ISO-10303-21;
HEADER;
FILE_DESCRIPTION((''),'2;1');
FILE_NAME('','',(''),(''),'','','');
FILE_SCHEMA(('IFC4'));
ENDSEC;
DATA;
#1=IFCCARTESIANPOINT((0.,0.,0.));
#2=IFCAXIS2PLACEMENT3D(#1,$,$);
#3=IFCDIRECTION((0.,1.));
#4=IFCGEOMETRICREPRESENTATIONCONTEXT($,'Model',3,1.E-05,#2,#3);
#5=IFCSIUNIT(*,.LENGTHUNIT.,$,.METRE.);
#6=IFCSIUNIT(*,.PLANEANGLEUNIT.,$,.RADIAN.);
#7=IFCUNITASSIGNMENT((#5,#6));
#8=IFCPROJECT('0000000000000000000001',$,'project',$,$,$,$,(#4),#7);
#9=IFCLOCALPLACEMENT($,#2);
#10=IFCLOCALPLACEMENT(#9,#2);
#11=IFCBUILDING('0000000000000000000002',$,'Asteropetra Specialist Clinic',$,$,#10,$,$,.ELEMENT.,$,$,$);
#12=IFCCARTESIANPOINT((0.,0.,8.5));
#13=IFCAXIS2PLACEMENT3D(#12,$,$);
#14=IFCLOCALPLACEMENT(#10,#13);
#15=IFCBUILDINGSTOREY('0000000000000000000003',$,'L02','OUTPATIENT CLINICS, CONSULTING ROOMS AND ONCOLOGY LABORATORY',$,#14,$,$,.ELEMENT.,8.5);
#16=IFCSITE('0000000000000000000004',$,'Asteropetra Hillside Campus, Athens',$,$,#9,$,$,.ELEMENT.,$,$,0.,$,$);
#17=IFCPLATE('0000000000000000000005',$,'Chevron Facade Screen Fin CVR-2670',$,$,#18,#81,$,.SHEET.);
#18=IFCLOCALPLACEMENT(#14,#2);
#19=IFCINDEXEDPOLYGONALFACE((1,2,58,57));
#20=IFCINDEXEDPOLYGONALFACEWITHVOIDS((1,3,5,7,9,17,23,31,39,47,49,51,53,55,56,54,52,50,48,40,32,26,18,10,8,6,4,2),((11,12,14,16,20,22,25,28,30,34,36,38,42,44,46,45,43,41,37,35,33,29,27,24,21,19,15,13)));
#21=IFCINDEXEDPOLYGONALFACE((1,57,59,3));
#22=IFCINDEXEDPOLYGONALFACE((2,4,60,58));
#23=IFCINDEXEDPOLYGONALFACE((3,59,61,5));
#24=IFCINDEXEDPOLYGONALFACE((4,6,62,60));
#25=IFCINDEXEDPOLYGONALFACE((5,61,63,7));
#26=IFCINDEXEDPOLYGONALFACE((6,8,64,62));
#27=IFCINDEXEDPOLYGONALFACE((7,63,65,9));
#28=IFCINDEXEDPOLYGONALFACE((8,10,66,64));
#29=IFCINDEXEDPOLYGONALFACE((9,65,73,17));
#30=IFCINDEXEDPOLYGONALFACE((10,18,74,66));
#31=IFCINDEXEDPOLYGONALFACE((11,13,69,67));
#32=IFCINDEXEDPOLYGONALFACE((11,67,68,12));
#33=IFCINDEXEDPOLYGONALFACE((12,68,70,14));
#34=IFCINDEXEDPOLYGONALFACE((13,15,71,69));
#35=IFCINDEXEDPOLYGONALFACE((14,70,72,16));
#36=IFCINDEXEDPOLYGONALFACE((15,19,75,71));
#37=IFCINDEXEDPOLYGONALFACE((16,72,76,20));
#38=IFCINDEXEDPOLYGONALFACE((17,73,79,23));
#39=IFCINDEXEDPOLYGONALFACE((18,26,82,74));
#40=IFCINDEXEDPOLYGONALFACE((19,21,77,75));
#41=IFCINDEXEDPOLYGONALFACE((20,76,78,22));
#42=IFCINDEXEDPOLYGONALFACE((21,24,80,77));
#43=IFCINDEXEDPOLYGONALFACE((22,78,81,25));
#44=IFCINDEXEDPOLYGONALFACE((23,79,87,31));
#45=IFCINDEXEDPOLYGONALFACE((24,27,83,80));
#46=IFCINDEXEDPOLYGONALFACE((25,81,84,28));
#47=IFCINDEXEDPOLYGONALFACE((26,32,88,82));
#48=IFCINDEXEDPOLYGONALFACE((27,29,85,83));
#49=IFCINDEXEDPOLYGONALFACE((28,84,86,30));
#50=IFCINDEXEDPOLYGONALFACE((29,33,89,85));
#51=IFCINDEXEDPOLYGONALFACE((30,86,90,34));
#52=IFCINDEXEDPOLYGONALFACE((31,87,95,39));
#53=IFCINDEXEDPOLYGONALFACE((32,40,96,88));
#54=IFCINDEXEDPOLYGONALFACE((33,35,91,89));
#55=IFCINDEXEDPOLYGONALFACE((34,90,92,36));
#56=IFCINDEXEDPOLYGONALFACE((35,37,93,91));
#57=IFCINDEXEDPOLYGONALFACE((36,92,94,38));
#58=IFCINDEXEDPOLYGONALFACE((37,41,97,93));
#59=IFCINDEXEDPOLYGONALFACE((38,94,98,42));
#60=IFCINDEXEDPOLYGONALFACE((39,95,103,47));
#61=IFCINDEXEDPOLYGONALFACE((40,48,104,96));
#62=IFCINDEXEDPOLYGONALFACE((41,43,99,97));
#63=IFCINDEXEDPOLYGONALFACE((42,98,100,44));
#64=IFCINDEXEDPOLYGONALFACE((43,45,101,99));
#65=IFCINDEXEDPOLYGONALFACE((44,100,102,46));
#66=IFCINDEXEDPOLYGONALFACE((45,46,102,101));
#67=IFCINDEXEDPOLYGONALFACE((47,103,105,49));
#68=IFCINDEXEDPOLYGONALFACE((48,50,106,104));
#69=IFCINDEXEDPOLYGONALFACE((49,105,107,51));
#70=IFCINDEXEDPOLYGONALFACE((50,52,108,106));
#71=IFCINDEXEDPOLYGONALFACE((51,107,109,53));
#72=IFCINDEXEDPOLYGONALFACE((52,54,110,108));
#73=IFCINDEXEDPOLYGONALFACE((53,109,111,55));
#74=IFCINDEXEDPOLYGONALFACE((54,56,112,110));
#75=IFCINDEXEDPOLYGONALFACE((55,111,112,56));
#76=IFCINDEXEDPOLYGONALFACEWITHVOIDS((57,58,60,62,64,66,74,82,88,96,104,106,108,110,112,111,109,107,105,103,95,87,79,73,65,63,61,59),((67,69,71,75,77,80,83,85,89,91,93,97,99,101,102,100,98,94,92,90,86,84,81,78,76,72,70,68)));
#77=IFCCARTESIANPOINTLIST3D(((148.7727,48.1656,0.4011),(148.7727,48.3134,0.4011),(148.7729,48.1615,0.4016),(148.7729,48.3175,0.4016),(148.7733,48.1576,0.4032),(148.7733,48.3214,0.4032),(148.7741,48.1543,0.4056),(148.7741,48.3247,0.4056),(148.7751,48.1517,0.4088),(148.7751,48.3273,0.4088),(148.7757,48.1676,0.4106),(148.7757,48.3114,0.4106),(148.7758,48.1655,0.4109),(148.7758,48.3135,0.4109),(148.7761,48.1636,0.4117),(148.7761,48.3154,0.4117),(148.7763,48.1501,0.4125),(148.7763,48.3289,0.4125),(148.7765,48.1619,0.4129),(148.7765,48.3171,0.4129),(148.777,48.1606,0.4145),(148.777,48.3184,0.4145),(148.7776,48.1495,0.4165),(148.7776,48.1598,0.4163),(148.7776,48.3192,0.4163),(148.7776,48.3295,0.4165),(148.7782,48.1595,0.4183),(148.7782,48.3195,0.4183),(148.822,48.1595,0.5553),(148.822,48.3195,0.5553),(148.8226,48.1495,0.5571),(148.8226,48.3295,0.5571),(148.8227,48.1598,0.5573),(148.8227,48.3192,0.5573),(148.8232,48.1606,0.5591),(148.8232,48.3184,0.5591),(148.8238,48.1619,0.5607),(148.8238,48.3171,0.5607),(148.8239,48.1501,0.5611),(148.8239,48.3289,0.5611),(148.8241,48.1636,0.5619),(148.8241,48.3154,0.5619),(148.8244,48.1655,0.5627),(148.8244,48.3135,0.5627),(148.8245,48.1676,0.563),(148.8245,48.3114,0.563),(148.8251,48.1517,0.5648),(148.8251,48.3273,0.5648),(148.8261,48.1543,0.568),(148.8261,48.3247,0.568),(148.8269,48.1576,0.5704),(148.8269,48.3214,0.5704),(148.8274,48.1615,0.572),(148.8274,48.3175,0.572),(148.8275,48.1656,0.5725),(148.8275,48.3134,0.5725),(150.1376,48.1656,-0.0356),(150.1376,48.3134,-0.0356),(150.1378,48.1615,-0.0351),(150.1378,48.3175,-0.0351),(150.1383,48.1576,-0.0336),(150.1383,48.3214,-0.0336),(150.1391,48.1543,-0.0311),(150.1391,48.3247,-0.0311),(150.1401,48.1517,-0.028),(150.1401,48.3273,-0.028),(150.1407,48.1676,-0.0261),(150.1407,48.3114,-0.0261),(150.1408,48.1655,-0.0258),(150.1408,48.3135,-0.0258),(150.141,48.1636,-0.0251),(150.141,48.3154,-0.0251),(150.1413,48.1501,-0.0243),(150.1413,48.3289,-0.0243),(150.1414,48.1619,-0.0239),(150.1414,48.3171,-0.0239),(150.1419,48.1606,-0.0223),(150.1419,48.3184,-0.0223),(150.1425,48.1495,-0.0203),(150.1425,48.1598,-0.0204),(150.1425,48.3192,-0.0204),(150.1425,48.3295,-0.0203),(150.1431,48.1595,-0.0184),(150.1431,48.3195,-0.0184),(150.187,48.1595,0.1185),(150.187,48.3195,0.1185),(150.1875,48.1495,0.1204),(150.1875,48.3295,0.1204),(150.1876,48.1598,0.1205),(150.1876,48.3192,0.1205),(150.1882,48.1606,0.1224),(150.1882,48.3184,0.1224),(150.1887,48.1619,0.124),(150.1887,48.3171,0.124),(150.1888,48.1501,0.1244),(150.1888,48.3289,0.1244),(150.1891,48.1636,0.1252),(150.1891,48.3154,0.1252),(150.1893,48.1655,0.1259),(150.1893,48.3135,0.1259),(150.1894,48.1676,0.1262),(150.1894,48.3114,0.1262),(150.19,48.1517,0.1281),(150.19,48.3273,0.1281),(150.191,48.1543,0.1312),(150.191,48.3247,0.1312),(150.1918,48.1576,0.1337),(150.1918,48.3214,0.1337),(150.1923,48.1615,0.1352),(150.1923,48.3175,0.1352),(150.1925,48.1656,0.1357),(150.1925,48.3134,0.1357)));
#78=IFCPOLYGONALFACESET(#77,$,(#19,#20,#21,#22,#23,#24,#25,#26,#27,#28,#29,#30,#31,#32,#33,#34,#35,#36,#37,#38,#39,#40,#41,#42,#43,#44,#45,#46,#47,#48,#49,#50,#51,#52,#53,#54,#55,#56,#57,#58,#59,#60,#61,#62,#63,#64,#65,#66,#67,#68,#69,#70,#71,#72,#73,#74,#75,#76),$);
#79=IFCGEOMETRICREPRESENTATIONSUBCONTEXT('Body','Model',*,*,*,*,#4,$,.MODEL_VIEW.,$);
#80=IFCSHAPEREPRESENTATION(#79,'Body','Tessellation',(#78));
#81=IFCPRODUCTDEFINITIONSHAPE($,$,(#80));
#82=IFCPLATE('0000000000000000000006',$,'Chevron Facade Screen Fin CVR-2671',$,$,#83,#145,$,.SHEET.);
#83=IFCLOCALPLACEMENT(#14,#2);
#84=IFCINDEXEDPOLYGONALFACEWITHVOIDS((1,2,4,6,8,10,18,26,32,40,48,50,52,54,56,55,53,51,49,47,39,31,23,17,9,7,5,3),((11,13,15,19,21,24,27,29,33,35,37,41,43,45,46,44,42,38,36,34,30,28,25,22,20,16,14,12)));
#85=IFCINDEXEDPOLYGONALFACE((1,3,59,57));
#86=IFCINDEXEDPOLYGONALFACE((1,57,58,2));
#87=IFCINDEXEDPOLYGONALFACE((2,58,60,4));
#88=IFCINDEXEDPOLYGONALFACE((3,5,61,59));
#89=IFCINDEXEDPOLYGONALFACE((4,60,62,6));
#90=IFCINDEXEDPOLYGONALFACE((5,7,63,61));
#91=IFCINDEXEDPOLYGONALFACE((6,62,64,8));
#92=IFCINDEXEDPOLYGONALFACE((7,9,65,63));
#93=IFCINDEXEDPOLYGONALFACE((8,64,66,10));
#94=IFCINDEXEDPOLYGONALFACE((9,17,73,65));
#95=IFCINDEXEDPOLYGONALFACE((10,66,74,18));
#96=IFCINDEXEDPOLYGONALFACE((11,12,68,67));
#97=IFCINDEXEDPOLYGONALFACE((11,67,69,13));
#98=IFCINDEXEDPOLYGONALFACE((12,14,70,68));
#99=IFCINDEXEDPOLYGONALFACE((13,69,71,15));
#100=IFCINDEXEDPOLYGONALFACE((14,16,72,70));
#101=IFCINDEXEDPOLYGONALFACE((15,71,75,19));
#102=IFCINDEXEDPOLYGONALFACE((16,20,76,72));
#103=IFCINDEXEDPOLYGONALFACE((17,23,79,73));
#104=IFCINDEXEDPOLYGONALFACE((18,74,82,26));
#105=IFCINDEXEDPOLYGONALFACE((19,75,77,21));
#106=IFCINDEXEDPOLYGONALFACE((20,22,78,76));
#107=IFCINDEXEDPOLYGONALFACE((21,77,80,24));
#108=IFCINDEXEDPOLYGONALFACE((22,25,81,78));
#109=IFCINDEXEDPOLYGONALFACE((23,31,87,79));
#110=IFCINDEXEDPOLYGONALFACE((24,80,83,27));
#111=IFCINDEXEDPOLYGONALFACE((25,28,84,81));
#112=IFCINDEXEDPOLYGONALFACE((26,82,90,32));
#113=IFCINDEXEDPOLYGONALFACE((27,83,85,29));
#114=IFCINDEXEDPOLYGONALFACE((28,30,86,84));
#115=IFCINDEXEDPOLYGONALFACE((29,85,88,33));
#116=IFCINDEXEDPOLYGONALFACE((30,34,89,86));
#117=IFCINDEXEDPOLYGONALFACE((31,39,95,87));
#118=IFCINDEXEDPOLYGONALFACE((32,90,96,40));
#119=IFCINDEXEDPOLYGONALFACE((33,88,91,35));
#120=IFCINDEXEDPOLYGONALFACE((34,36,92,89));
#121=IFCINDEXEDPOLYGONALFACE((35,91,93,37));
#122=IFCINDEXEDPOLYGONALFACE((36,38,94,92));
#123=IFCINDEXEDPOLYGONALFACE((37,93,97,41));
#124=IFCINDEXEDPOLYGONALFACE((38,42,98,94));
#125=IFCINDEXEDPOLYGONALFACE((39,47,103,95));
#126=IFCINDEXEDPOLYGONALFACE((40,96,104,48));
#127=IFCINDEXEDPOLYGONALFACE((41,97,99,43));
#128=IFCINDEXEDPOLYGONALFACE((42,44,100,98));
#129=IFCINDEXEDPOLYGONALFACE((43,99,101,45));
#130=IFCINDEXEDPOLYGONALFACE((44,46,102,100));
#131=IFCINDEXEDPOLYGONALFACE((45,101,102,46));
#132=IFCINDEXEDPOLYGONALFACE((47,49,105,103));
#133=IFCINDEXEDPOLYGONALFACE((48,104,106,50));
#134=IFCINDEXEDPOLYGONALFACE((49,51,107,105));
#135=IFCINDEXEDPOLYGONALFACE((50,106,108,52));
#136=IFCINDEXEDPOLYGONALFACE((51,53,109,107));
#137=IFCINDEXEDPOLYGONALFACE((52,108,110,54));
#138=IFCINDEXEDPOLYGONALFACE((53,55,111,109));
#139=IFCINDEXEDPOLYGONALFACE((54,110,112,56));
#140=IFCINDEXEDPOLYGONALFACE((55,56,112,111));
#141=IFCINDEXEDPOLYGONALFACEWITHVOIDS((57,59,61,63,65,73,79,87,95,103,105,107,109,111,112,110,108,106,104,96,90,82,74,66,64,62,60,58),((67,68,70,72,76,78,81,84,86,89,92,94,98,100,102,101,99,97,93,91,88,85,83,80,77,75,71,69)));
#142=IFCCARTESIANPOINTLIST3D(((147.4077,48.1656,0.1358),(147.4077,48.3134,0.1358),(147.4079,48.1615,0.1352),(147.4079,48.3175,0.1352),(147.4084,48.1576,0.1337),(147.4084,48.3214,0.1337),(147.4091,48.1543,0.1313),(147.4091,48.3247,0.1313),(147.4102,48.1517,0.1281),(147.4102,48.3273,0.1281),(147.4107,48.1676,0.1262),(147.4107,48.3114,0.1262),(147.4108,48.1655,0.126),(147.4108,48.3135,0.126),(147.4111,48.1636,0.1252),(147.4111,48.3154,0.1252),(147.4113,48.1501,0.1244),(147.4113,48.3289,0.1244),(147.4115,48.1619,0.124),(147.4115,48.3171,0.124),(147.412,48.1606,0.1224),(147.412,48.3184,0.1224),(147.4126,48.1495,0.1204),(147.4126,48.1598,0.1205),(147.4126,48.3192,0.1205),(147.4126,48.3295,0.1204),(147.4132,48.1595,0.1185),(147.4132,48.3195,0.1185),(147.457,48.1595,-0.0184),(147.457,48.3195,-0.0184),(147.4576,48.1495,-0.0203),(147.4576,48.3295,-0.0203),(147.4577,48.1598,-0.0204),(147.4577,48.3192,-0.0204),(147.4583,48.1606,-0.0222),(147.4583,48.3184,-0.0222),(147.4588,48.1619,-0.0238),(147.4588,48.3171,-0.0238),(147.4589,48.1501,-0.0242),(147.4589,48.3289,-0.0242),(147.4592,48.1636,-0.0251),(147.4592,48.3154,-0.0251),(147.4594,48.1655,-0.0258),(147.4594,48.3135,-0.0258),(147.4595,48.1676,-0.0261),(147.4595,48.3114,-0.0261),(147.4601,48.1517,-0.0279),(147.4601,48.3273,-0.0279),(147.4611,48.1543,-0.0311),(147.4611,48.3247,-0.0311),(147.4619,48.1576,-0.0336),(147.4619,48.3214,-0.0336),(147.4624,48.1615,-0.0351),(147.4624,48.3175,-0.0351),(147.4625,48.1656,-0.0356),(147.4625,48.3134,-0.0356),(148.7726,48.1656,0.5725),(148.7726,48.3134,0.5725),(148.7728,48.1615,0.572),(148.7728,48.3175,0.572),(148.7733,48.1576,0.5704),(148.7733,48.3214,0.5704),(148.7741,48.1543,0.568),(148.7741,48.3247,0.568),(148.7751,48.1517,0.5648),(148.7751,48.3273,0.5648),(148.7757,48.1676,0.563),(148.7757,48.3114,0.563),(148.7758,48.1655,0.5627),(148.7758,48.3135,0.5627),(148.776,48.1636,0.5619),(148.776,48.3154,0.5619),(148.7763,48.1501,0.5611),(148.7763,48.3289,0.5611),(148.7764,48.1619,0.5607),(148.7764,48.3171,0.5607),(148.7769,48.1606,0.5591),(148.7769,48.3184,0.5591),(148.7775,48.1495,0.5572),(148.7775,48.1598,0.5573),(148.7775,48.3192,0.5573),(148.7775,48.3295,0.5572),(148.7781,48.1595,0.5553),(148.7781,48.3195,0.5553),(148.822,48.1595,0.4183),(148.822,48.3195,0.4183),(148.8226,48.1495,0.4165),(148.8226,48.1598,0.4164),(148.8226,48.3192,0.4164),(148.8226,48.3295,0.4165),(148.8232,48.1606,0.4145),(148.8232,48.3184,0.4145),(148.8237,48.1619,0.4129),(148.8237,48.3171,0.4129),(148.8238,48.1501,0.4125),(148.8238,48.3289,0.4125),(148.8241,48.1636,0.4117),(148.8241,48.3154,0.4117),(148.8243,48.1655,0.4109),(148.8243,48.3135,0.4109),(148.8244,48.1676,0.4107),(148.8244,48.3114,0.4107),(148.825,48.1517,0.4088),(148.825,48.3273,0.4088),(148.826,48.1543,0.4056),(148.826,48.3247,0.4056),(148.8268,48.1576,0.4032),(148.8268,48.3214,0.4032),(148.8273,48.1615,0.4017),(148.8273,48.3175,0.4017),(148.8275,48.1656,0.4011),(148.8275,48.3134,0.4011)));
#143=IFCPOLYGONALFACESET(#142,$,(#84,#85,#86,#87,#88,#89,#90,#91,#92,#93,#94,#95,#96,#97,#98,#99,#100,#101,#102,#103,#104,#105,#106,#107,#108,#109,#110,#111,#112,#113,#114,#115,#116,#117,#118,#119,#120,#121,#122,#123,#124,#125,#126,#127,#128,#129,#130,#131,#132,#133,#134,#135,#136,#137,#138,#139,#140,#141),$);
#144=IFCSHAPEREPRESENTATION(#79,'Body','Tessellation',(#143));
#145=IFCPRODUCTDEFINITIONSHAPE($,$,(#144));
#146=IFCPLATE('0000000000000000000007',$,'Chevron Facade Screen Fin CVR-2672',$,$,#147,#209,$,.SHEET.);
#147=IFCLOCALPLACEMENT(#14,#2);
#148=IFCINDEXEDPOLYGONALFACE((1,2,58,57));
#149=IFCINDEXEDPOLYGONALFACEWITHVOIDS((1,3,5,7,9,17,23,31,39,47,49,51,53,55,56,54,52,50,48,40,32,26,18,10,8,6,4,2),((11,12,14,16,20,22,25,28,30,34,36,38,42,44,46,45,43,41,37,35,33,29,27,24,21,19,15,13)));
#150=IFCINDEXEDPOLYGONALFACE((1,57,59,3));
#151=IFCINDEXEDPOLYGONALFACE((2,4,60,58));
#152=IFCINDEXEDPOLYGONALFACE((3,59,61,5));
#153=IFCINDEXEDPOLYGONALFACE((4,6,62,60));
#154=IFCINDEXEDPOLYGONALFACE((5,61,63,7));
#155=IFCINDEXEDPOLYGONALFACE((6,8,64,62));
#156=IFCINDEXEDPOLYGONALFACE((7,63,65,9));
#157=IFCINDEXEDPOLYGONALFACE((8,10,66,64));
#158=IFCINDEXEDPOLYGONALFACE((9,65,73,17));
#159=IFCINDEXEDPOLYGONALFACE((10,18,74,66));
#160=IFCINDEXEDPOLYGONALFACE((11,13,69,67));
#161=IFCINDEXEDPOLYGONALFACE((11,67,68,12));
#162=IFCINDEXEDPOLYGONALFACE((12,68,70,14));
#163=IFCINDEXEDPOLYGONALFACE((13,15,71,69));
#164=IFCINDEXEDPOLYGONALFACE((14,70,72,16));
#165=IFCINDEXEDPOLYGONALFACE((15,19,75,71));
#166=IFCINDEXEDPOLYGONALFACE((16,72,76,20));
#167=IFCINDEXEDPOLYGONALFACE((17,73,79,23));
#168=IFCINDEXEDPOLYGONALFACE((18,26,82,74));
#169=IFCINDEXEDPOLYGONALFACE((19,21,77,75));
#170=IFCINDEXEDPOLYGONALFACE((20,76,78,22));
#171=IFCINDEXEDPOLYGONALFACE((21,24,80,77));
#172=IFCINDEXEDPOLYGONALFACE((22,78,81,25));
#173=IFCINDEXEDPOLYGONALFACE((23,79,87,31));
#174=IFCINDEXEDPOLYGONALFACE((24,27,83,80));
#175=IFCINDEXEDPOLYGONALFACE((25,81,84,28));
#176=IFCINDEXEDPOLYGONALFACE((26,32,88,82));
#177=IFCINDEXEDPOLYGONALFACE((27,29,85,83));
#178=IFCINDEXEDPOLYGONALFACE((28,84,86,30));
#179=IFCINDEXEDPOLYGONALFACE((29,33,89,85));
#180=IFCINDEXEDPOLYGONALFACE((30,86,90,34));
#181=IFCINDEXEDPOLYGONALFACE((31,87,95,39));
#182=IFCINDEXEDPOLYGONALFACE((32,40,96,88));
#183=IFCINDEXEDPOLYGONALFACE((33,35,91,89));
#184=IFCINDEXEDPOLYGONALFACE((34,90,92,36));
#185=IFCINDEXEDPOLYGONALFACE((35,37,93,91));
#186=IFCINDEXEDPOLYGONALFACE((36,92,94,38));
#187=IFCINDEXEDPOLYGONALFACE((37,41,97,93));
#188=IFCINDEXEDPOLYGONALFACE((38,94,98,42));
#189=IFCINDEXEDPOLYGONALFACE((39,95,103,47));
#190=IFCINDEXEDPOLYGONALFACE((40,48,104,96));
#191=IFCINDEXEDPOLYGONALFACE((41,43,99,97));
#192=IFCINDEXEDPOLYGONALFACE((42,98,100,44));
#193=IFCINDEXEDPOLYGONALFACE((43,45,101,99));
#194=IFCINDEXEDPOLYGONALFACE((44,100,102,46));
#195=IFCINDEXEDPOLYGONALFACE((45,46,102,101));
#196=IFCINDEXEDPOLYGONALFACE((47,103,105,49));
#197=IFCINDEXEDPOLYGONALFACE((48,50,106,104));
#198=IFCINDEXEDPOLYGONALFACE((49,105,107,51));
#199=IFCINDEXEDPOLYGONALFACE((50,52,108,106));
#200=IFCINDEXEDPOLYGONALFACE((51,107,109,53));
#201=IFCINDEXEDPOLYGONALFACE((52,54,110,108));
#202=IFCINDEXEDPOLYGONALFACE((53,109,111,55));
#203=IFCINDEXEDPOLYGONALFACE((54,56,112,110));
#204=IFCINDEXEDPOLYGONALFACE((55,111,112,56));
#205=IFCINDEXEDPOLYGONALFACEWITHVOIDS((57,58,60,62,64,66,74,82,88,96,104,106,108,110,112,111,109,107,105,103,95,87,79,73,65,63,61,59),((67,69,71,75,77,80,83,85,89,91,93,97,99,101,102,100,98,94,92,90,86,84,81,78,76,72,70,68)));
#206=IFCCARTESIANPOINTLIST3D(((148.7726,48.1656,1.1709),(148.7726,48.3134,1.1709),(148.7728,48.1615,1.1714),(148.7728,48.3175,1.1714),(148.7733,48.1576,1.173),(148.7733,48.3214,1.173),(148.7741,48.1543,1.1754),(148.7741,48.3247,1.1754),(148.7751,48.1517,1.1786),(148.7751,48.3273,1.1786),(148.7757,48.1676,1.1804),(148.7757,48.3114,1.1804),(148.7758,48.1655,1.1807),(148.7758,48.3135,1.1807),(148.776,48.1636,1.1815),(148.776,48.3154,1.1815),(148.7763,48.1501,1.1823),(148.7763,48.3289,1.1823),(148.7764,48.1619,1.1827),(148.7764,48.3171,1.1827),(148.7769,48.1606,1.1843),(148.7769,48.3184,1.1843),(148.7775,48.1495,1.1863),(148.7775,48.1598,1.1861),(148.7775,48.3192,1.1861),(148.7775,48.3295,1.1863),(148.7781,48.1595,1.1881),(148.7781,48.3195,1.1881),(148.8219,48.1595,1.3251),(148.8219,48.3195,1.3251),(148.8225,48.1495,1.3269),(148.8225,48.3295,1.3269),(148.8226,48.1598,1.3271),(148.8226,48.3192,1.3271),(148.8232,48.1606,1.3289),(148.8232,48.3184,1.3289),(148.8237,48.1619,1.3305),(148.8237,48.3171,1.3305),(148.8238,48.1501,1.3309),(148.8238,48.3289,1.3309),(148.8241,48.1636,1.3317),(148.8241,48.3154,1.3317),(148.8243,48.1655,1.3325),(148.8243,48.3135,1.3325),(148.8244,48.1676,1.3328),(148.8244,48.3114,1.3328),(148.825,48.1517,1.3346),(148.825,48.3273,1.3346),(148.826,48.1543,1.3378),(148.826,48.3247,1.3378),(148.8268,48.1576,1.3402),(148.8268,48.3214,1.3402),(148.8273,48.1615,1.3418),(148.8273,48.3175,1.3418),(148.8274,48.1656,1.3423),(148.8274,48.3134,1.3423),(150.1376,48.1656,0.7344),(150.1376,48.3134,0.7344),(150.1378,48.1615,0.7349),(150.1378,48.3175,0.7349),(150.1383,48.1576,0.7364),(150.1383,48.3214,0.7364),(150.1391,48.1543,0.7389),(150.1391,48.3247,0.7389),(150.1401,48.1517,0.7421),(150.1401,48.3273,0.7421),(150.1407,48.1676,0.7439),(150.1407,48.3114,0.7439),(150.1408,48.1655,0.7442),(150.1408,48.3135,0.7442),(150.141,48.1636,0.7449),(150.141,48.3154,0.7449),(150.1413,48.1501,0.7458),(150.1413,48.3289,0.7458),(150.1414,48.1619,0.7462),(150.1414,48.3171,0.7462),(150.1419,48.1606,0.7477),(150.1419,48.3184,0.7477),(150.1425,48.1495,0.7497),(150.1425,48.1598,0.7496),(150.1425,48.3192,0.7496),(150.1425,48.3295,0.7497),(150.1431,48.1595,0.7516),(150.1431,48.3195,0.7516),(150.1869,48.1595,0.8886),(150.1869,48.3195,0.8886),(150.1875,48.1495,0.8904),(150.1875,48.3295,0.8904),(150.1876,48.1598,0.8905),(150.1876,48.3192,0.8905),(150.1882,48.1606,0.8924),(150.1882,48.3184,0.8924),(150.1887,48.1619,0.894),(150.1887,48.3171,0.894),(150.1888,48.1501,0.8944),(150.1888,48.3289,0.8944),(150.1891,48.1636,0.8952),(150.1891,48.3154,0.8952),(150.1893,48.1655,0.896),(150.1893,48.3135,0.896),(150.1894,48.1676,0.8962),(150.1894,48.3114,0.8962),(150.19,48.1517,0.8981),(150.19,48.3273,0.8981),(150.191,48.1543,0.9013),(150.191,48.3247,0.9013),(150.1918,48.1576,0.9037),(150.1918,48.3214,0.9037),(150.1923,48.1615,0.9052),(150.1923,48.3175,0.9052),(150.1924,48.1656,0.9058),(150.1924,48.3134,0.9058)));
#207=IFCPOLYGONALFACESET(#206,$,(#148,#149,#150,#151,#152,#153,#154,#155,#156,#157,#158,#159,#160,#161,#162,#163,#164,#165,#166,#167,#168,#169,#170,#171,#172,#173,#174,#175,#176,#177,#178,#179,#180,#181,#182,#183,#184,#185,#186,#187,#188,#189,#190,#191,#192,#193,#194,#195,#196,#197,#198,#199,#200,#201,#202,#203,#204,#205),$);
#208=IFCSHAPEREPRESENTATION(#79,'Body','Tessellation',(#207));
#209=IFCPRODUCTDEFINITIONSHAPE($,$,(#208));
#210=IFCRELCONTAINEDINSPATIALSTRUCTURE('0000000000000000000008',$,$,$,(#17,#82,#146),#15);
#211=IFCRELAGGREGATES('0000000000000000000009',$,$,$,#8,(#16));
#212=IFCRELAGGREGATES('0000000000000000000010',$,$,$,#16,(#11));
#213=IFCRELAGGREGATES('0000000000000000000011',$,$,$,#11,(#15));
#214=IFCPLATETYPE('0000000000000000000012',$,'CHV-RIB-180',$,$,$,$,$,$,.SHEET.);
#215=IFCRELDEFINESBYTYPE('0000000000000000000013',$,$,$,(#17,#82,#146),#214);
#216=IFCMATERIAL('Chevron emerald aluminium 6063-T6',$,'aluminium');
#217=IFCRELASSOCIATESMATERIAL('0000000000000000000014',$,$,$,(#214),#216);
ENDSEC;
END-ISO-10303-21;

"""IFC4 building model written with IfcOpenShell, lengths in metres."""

from ifc_helpers import new_model, si_unit, direction, frame, origin, origin_2d, place, context, subcontext, project, spatial, hollow_rectangle, extrude, material, material_profile, profile_set, type_object, element, save


model = new_model("IFC4")

# Units and contexts
model_context = context("Model", 3, precision=1e-05, world=origin(), true_north=direction((0.0, 1.0)))
body_context = subcontext(model_context, "Body", "Model", "MODEL_VIEW")
ifc_project = project(units=[si_unit("LENGTHUNIT", "METRE"), si_unit("PLANEANGLEUNIT", "RADIAN")], contexts=[model_context])

# Site, building, storey
site_placement = place(None, origin())
site = spatial("IfcSite", under=ifc_project, at=site_placement, Name="Asteropetra Hillside Campus, Athens", CompositionType="ELEMENT", RefElevation=0.0)
building_placement = place(site_placement, origin())
building = spatial("IfcBuilding", under=site, at=building_placement, Name="Asteropetra Specialist Clinic", CompositionType="ELEMENT")
storey_placement = place(building_placement, frame((0.0, 0.0, 8.5)))
storey = spatial("IfcBuildingStorey", under=building, at=storey_placement, Name="L02", Description="OUTPATIENT CLINICS, CONSULTING ROOMS AND ONCOLOGY LABORATORY", CompositionType="ELEMENT", Elevation=8.5)

# Plates
ifc_material_1 = material(Name="Chevron emerald aluminium 6063-T6", Category="aluminium")
ifc_material_profile_1 = material_profile(ifc_material_1, hollow_rectangle(XDim=0.1799, YDim=0.1799, WallThickness=0.01, InnerFilletRadius=0.0081, OuterFilletRadius=0.0161, at=origin_2d()), Name="SHS 180x180x10.0")
ifc_profile_set_1 = profile_set([ifc_material_profile_1], Name="Chevron emerald aluminium 6063-T6")
plate_type = type_object("IfcPlateType", Name="CHV-RIB-180", PredefinedType="SHEET", material=ifc_profile_set_1)
for number, where, z_axis, x_axis, name in (
    (1, (150.165, 48.2395, 0.05), (-0.95243, 0.0, 0.304757), (0.0, -1.0, 0.0), "Chevron Facade Screen Fin CVR-2670"),
    (2, (148.8, 48.2395, 0.4868), (-0.95243, 0.0, -0.304757), (0.0, -1.0, 0.0), "Chevron Facade Screen Fin CVR-2671"),
    (3, (150.165, 48.2395, 0.8201), (-0.95248, 0.0, 0.304603), (0.0, -1.0, 0.0), "Chevron Facade Screen Fin CVR-2672"),
):
    element("IfcPlate", number, at=place(storey_placement, frame(where, z_axis=z_axis, x_axis=x_axis)), inside=storey, type_object=plate_type, Name=name, PredefinedType="SHEET", context=body_context, shape_type="SweptSolid", body=[
        extrude(hollow_rectangle(XDim=0.1799, YDim=0.1799, WallThickness=0.01, InnerFilletRadius=0.0081, OuterFilletRadius=0.0161, at=origin_2d()), origin(), (0.0, 0.0, 1.0), 1.4331),
    ])

save(model, "model.ifc")
